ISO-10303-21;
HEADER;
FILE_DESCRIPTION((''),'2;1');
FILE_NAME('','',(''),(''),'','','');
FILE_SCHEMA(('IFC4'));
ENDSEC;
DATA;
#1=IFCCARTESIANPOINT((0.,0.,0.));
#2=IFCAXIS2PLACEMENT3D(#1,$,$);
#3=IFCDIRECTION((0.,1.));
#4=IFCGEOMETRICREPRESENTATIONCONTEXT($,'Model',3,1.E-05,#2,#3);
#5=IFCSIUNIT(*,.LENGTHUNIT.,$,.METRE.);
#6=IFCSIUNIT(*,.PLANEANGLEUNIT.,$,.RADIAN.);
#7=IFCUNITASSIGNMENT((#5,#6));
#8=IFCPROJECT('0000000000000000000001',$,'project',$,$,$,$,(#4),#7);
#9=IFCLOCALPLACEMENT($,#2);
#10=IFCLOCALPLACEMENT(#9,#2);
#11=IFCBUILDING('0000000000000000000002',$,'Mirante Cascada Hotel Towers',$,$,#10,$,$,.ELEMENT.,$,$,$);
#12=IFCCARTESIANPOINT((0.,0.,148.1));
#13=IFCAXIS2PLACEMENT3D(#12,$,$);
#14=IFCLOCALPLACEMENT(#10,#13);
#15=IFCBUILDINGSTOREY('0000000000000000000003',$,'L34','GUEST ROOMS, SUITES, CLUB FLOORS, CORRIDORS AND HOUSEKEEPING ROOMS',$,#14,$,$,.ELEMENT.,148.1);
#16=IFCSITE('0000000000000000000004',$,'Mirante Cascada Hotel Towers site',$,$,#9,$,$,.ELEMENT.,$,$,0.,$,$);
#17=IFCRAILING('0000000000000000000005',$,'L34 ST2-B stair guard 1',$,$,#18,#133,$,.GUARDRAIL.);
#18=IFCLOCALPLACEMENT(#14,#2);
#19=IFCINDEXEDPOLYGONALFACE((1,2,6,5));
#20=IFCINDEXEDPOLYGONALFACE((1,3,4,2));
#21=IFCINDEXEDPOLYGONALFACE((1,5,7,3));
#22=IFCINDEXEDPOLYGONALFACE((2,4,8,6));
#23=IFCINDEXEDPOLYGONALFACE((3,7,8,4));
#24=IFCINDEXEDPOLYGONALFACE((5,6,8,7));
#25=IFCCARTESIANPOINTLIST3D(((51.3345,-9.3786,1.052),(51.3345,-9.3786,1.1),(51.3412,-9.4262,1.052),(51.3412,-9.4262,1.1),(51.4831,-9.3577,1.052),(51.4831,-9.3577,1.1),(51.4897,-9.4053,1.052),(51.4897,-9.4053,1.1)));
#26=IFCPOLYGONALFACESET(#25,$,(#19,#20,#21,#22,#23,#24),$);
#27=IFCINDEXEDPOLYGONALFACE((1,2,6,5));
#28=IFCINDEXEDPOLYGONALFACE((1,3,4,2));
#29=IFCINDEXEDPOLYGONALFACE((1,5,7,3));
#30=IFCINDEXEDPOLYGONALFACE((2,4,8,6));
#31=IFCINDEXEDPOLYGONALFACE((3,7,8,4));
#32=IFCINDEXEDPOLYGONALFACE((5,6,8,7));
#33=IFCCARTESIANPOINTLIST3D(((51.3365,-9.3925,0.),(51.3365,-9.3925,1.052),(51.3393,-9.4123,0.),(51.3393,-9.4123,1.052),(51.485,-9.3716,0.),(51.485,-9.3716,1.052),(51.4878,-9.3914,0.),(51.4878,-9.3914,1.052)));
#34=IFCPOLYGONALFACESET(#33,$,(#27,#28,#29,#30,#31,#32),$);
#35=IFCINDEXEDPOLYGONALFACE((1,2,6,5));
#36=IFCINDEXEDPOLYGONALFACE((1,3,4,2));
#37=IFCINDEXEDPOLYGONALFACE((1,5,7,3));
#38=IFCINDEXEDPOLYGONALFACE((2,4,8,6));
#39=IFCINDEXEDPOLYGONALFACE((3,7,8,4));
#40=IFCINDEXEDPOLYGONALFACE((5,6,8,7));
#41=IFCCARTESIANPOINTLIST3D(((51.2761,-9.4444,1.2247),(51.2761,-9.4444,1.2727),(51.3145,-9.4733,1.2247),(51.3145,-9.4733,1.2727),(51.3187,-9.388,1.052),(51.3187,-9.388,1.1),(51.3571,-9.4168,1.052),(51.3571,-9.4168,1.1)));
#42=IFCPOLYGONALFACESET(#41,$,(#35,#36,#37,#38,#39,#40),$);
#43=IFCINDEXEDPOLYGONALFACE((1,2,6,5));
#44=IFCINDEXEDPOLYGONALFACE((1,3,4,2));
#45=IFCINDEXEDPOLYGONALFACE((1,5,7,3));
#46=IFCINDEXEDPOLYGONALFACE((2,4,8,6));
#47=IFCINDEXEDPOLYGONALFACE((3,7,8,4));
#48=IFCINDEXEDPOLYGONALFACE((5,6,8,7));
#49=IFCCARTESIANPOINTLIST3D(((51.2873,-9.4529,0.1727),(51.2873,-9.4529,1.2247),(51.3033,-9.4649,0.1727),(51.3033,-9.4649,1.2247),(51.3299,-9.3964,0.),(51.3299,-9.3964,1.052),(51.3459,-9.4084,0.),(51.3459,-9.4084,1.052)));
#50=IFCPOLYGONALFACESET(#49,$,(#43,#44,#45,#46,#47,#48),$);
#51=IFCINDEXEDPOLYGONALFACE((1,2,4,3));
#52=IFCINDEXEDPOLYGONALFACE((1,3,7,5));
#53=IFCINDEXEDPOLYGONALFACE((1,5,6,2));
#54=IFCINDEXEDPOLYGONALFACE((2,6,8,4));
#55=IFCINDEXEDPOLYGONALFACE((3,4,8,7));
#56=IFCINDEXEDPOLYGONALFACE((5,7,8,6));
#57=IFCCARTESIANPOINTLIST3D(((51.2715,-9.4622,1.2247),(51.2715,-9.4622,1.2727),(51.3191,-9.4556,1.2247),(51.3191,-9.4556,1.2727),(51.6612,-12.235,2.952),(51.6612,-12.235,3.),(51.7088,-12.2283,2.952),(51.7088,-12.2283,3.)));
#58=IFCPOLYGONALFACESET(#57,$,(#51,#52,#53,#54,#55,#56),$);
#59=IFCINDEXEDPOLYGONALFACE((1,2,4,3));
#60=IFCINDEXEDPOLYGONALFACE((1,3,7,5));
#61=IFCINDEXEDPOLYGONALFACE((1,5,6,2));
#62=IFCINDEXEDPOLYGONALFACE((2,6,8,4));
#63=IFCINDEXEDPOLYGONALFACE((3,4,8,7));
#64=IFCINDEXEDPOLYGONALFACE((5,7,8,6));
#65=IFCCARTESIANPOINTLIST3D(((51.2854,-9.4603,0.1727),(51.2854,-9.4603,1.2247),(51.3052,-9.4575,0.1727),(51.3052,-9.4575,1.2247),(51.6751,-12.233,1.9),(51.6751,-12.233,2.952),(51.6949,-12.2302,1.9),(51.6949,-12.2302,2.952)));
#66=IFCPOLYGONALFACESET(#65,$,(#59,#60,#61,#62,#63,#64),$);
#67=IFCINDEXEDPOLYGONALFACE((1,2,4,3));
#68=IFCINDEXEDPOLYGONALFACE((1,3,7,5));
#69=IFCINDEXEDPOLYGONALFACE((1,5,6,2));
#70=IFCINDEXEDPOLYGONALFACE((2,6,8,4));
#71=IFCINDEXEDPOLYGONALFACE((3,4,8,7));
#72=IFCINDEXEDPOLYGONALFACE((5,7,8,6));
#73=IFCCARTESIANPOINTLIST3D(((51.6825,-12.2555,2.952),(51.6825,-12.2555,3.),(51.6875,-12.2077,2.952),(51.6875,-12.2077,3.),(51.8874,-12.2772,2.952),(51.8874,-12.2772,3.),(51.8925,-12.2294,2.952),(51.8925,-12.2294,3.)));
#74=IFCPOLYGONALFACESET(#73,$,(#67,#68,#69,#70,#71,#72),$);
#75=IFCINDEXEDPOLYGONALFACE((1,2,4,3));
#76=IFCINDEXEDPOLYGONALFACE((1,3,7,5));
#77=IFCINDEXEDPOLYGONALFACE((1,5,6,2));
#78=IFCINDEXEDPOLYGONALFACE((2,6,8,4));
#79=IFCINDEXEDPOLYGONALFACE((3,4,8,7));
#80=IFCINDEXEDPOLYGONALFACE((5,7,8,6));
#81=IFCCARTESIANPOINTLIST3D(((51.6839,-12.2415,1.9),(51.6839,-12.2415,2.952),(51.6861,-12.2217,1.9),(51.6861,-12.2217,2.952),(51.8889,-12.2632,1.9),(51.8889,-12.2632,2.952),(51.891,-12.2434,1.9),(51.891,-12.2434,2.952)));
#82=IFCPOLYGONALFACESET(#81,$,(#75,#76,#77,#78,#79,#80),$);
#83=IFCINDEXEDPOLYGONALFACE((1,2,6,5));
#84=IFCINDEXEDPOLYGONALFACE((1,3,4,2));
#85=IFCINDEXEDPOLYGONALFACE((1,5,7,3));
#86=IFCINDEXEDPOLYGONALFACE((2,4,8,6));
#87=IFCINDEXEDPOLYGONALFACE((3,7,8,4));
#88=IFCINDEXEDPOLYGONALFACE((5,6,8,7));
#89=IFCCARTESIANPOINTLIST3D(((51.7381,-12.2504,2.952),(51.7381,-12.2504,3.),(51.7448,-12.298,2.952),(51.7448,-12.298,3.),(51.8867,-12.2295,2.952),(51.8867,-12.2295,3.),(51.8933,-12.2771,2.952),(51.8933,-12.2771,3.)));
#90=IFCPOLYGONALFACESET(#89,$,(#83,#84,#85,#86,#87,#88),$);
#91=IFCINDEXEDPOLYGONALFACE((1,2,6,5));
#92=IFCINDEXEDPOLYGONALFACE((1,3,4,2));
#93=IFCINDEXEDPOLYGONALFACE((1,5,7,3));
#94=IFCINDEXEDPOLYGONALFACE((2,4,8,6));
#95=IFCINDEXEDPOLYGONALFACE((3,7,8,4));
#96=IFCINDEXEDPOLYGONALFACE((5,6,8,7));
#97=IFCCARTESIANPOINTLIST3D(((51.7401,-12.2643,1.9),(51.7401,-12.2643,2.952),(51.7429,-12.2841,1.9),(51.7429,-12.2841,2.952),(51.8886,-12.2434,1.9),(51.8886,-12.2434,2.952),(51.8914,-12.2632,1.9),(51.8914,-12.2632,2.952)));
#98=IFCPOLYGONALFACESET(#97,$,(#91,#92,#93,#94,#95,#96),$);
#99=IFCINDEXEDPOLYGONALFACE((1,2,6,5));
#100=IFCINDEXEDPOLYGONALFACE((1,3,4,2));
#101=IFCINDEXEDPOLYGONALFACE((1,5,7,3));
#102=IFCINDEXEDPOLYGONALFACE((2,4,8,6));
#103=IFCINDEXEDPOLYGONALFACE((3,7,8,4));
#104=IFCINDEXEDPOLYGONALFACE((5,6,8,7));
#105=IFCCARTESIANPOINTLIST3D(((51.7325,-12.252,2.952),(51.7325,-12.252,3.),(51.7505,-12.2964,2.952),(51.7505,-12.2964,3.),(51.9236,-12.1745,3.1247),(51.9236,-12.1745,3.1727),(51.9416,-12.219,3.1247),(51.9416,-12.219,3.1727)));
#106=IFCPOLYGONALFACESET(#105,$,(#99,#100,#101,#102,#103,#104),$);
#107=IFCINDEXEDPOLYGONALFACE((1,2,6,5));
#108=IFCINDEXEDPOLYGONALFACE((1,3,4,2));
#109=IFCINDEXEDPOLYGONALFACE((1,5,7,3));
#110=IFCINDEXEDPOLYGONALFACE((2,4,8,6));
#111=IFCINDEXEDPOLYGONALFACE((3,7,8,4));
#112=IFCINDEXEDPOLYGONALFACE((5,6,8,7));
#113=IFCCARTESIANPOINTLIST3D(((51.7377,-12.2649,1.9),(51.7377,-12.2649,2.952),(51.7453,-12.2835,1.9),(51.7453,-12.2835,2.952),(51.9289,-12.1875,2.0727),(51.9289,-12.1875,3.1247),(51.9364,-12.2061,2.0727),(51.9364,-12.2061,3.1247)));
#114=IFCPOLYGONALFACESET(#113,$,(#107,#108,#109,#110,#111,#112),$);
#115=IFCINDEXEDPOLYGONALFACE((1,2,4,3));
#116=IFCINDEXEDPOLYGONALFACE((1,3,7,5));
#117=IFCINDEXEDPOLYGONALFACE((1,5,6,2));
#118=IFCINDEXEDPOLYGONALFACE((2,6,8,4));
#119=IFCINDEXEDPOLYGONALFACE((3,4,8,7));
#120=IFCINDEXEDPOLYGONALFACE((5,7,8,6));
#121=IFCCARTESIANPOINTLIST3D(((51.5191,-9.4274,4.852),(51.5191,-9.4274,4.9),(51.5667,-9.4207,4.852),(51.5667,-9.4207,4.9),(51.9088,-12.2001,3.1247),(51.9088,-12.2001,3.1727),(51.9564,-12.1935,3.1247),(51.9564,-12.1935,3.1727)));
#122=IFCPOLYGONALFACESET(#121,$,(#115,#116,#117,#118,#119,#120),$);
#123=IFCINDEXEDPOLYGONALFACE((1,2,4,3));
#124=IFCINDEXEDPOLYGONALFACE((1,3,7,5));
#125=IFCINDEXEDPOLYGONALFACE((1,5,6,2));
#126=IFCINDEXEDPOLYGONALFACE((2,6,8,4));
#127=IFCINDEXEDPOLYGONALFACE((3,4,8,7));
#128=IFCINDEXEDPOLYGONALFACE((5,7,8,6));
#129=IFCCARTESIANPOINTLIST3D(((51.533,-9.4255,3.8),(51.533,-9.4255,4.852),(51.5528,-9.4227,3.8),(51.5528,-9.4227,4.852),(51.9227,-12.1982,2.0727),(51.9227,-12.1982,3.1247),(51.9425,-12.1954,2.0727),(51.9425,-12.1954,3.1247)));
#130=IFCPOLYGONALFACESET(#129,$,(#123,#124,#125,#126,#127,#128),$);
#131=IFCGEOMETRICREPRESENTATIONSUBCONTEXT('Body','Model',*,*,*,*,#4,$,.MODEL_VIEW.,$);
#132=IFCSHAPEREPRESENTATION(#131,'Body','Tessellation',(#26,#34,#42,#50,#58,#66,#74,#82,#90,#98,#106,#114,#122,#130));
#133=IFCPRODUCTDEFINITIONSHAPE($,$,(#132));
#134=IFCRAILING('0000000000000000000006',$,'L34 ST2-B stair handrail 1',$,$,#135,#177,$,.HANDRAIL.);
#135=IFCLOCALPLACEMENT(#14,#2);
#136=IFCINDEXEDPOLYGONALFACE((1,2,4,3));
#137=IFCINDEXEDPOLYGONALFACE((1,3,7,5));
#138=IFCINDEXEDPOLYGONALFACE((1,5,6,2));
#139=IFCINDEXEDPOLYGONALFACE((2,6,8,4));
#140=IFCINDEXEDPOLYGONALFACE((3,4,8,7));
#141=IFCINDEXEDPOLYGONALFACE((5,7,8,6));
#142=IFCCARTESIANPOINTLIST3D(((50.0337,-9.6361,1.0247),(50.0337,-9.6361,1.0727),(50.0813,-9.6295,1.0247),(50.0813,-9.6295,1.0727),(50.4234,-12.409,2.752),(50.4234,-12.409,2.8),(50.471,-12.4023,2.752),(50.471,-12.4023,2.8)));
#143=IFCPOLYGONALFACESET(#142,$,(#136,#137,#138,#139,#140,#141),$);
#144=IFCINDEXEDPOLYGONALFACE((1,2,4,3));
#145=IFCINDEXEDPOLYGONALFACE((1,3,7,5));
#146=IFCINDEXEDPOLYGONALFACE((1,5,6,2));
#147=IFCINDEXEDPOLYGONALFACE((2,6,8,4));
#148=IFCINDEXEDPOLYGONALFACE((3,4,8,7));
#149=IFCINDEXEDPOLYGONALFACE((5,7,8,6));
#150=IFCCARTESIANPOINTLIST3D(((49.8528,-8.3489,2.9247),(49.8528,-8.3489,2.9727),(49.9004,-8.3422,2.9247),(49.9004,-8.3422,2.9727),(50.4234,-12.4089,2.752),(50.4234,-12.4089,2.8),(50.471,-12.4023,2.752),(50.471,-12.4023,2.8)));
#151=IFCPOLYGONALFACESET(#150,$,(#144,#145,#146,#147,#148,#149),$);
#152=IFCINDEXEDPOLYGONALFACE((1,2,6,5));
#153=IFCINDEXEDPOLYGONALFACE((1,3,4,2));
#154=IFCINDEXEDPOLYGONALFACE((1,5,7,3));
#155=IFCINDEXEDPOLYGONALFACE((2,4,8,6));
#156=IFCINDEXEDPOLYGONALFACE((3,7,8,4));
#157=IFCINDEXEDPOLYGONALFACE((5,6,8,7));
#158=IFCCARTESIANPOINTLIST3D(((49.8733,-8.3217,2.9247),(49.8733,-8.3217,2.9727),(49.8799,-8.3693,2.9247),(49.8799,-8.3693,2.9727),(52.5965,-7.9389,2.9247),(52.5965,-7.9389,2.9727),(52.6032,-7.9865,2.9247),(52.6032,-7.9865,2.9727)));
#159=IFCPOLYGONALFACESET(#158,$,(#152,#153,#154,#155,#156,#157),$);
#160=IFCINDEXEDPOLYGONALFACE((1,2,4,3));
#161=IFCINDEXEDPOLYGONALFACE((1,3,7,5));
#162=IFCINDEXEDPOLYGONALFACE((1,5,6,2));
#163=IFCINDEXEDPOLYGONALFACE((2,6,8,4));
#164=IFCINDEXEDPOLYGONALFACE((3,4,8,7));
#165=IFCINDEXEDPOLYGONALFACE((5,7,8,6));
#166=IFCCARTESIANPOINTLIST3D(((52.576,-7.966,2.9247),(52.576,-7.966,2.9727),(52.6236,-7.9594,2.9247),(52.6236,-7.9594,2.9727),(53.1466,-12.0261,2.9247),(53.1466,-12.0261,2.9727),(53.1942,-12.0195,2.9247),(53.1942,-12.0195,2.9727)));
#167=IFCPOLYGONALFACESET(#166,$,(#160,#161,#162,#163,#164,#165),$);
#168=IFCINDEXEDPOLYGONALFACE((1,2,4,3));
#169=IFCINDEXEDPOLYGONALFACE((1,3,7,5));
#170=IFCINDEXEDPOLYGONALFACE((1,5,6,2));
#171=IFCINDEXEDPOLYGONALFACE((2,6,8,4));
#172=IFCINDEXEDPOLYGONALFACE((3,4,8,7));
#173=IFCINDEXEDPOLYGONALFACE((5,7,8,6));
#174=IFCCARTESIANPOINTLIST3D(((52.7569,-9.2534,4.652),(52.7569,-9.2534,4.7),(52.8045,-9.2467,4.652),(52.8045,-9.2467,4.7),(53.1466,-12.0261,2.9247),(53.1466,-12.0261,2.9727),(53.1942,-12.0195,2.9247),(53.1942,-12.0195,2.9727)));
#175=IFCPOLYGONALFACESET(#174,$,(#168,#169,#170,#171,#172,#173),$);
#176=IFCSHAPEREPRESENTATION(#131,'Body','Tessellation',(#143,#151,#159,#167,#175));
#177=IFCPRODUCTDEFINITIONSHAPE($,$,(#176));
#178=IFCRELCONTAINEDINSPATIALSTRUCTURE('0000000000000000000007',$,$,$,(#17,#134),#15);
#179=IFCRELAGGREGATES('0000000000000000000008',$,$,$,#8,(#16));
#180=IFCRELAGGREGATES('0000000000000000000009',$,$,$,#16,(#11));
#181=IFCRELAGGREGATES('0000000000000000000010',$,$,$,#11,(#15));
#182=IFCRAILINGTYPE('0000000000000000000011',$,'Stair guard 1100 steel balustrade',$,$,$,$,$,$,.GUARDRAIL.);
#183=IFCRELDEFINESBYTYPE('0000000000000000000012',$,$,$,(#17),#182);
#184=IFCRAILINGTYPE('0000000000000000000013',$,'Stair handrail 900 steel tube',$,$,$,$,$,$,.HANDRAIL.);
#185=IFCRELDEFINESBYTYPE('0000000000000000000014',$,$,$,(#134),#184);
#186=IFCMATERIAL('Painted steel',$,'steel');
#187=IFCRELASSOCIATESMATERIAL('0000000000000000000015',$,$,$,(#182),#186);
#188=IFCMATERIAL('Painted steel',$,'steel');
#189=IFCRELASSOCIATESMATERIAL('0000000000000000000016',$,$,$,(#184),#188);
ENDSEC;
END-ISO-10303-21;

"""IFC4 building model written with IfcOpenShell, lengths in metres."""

from ifc_helpers import new_model, si_unit, direction, frame, origin, origin_2d, place, context, subcontext, project, spatial, rectangle, extrude, material, type_object, element, save


model = new_model("IFC4")

# Units and contexts
model_context = context("Model", 3, precision=1e-05, world=origin(), true_north=direction((0.0, 1.0)))
body_context = subcontext(model_context, "Body", "Model", "MODEL_VIEW")
ifc_project = project(units=[si_unit("LENGTHUNIT", "METRE"), si_unit("PLANEANGLEUNIT", "RADIAN")], contexts=[model_context])

# Site, building, storey
site_placement = place(None, origin())
site = spatial("IfcSite", under=ifc_project, at=site_placement, Name="Mirante Cascada Hotel Towers site", CompositionType="ELEMENT", RefElevation=0.0)
building_placement = place(site_placement, origin())
building = spatial("IfcBuilding", under=site, at=building_placement, Name="Mirante Cascada Hotel Towers", CompositionType="ELEMENT")
storey_placement = place(building_placement, frame((0.0, 0.0, 148.1)))
storey = spatial("IfcBuildingStorey", under=building, at=storey_placement, Name="L34", Description="GUEST ROOMS, SUITES, CLUB FLOORS, CORRIDORS AND HOUSEKEEPING ROOMS", CompositionType="ELEMENT", Elevation=148.1)

# Railings
ifc_material_1 = material(Name="Painted steel", Category="steel")
railing_type_1 = type_object("IfcRailingType", Name="Stair guard 1100 steel balustrade", PredefinedType="GUARDRAIL", material=ifc_material_1)
railing_1_placement = place(storey_placement, frame((51.4864, -9.3815, 0.0)))
element("IfcRailing", 1, at=railing_1_placement, inside=storey, type_object=railing_type_1, Name="L34 ST2-B stair guard 1", PredefinedType="GUARDRAIL", context=body_context, shape_type="SweptSolid", body=[
    extrude(rectangle(XDim=0.048, YDim=0.048, at=origin_2d()), frame((0.0, 0.0, 1.076), z_axis=(-0.990241, -0.139367, 0.0), x_axis=(0.139367, -0.990241, 0.0)), (0.0, 0.0, 1.0), 0.15),
    extrude(rectangle(XDim=0.02, YDim=1.052, at=origin_2d()), frame((0.0, 0.0, 0.526), z_axis=(-0.990241, -0.139367, 0.0), x_axis=(0.139367, -0.990241, 0.0)), (0.0, 0.0, 1.0), 0.15),
    extrude(rectangle(XDim=0.048, YDim=0.048, at=origin_2d()), frame((-0.1485, -0.0209, 1.076), z_axis=(-0.602033, -0.798471, 0.0), x_axis=(0.798471, -0.602033, 0.0)), (0.0, 0.92534, 0.379139), 0.1866),
    extrude(rectangle(XDim=0.02, YDim=1.052, at=origin_2d()), frame((-0.1485, -0.0209, 0.526), z_axis=(-0.602033, -0.798471, 0.0), x_axis=(0.798471, -0.602033, 0.0)), (0.0, 0.92534, 0.379139), 0.1866),
    extrude(rectangle(XDim=0.048, YDim=0.048, at=origin_2d()), frame((-0.1911, -0.0774, 1.2487), z_axis=(0.139181, -0.990267, 0.0), x_axis=(0.990267, 0.139181, 0.0)), (0.0, 0.525035, 0.851081), 3.2899),
    extrude(rectangle(XDim=0.02, YDim=1.052, at=origin_2d()), frame((-0.1911, -0.0774, 0.6987), z_axis=(0.139181, -0.990267, 0.0), x_axis=(0.990267, 0.139181, 0.0)), (0.0, 0.525035, 0.851081), 3.2899),
    extrude(rectangle(XDim=0.048, YDim=0.048, at=origin_2d()), frame((0.1986, -2.8501, 2.976), z_axis=(0.994444, -0.105266, 0.0), x_axis=(0.105266, 0.994444, 0.0)), (0.0, 0.0, 1.0), 0.2061),
    extrude(rectangle(XDim=0.02, YDim=1.052, at=origin_2d()), frame((0.1986, -2.8501, 2.426), z_axis=(0.994444, -0.105266, 0.0), x_axis=(0.105266, 0.994444, 0.0)), (0.0, 0.0, 1.0), 0.2061),
    extrude(rectangle(XDim=0.048, YDim=0.048, at=origin_2d()), frame((0.4036, -2.8718, 2.976), z_axis=(-0.990241, -0.139367, 0.0), x_axis=(0.139367, -0.990241, 0.0)), (0.0, 0.0, 1.0), 0.15),
    extrude(rectangle(XDim=0.02, YDim=1.052, at=origin_2d()), frame((0.4036, -2.8718, 2.426), z_axis=(-0.990241, -0.139367, 0.0), x_axis=(0.139367, -0.990241, 0.0)), (0.0, 0.0, 1.0), 0.15),
    extrude(rectangle(XDim=0.048, YDim=0.048, at=origin_2d()), frame((0.2551, -2.8927, 2.976), z_axis=(0.926862, 0.375401, 0.0), x_axis=(-0.375401, 0.926862, 0.0)), (0.0, 0.642122, 0.766603), 0.269),
    extrude(rectangle(XDim=0.02, YDim=1.052, at=origin_2d()), frame((0.2551, -2.8927, 2.426), z_axis=(0.926862, 0.375401, 0.0), x_axis=(-0.375401, 0.926862, 0.0)), (0.0, 0.642122, 0.766603), 0.269),
    extrude(rectangle(XDim=0.048, YDim=0.048, at=origin_2d()), frame((0.4462, -2.8153, 3.1487), z_axis=(-0.139181, 0.990267, 0.0), x_axis=(-0.990267, -0.139181, 0.0)), (0.0, 0.525035, 0.851081), 3.2899),
    extrude(rectangle(XDim=0.02, YDim=1.052, at=origin_2d()), frame((0.4462, -2.8153, 2.5987), z_axis=(-0.139181, 0.990267, 0.0), x_axis=(-0.990267, -0.139181, 0.0)), (0.0, 0.525035, 0.851081), 3.2899),
])
ifc_material_2 = material(Name="Painted steel", Category="steel")
railing_type_2 = type_object("IfcRailingType", Name="Stair handrail 900 steel tube", PredefinedType="HANDRAIL", material=ifc_material_2)
railing_2_placement = place(storey_placement, frame((50.0575, -9.6328, 0.1727)))
element("IfcRailing", 2, at=railing_2_placement, inside=storey, type_object=railing_type_2, Name="L34 ST2-B stair handrail 1", PredefinedType="HANDRAIL", context=body_context, shape_type="SweptSolid", body=[
    extrude(rectangle(XDim=0.048, YDim=0.048, at=origin_2d()), frame((0.0, 0.0, 0.876), z_axis=(0.139176, -0.990268, 0.0), x_axis=(0.990268, 0.139176, 0.0)), (0.0, 0.525021, 0.851089), 3.29),
    extrude(rectangle(XDim=0.048, YDim=0.048, at=origin_2d()), frame((0.3897, -2.7728, 2.6033), z_axis=(-0.139171, 0.990268, 0.0), x_axis=(-0.990268, -0.139171, 0.0)), (0.0, 0.042085, 0.999114), 4.1036),
    extrude(rectangle(XDim=0.048, YDim=0.048, at=origin_2d()), frame((-0.1809, 1.2873, 2.776), z_axis=(0.990264, 0.139201, 0.0), x_axis=(-0.139201, 0.990264, 0.0)), (0.0, 0.0, 1.0), 2.75),
    extrude(rectangle(XDim=0.048, YDim=0.048, at=origin_2d()), frame((2.5423, 1.6701, 2.776), z_axis=(0.139171, -0.990268, 0.0), x_axis=(0.990268, 0.139171, 0.0)), (0.0, 0.0, 1.0), 4.1),
    extrude(rectangle(XDim=0.048, YDim=0.048, at=origin_2d()), frame((3.1129, -2.39, 2.776), z_axis=(-0.139181, 0.990267, 0.0), x_axis=(-0.990267, -0.139181, 0.0)), (0.0, 0.525035, 0.851081), 3.2899),
])

save(model, "model.ifc")
